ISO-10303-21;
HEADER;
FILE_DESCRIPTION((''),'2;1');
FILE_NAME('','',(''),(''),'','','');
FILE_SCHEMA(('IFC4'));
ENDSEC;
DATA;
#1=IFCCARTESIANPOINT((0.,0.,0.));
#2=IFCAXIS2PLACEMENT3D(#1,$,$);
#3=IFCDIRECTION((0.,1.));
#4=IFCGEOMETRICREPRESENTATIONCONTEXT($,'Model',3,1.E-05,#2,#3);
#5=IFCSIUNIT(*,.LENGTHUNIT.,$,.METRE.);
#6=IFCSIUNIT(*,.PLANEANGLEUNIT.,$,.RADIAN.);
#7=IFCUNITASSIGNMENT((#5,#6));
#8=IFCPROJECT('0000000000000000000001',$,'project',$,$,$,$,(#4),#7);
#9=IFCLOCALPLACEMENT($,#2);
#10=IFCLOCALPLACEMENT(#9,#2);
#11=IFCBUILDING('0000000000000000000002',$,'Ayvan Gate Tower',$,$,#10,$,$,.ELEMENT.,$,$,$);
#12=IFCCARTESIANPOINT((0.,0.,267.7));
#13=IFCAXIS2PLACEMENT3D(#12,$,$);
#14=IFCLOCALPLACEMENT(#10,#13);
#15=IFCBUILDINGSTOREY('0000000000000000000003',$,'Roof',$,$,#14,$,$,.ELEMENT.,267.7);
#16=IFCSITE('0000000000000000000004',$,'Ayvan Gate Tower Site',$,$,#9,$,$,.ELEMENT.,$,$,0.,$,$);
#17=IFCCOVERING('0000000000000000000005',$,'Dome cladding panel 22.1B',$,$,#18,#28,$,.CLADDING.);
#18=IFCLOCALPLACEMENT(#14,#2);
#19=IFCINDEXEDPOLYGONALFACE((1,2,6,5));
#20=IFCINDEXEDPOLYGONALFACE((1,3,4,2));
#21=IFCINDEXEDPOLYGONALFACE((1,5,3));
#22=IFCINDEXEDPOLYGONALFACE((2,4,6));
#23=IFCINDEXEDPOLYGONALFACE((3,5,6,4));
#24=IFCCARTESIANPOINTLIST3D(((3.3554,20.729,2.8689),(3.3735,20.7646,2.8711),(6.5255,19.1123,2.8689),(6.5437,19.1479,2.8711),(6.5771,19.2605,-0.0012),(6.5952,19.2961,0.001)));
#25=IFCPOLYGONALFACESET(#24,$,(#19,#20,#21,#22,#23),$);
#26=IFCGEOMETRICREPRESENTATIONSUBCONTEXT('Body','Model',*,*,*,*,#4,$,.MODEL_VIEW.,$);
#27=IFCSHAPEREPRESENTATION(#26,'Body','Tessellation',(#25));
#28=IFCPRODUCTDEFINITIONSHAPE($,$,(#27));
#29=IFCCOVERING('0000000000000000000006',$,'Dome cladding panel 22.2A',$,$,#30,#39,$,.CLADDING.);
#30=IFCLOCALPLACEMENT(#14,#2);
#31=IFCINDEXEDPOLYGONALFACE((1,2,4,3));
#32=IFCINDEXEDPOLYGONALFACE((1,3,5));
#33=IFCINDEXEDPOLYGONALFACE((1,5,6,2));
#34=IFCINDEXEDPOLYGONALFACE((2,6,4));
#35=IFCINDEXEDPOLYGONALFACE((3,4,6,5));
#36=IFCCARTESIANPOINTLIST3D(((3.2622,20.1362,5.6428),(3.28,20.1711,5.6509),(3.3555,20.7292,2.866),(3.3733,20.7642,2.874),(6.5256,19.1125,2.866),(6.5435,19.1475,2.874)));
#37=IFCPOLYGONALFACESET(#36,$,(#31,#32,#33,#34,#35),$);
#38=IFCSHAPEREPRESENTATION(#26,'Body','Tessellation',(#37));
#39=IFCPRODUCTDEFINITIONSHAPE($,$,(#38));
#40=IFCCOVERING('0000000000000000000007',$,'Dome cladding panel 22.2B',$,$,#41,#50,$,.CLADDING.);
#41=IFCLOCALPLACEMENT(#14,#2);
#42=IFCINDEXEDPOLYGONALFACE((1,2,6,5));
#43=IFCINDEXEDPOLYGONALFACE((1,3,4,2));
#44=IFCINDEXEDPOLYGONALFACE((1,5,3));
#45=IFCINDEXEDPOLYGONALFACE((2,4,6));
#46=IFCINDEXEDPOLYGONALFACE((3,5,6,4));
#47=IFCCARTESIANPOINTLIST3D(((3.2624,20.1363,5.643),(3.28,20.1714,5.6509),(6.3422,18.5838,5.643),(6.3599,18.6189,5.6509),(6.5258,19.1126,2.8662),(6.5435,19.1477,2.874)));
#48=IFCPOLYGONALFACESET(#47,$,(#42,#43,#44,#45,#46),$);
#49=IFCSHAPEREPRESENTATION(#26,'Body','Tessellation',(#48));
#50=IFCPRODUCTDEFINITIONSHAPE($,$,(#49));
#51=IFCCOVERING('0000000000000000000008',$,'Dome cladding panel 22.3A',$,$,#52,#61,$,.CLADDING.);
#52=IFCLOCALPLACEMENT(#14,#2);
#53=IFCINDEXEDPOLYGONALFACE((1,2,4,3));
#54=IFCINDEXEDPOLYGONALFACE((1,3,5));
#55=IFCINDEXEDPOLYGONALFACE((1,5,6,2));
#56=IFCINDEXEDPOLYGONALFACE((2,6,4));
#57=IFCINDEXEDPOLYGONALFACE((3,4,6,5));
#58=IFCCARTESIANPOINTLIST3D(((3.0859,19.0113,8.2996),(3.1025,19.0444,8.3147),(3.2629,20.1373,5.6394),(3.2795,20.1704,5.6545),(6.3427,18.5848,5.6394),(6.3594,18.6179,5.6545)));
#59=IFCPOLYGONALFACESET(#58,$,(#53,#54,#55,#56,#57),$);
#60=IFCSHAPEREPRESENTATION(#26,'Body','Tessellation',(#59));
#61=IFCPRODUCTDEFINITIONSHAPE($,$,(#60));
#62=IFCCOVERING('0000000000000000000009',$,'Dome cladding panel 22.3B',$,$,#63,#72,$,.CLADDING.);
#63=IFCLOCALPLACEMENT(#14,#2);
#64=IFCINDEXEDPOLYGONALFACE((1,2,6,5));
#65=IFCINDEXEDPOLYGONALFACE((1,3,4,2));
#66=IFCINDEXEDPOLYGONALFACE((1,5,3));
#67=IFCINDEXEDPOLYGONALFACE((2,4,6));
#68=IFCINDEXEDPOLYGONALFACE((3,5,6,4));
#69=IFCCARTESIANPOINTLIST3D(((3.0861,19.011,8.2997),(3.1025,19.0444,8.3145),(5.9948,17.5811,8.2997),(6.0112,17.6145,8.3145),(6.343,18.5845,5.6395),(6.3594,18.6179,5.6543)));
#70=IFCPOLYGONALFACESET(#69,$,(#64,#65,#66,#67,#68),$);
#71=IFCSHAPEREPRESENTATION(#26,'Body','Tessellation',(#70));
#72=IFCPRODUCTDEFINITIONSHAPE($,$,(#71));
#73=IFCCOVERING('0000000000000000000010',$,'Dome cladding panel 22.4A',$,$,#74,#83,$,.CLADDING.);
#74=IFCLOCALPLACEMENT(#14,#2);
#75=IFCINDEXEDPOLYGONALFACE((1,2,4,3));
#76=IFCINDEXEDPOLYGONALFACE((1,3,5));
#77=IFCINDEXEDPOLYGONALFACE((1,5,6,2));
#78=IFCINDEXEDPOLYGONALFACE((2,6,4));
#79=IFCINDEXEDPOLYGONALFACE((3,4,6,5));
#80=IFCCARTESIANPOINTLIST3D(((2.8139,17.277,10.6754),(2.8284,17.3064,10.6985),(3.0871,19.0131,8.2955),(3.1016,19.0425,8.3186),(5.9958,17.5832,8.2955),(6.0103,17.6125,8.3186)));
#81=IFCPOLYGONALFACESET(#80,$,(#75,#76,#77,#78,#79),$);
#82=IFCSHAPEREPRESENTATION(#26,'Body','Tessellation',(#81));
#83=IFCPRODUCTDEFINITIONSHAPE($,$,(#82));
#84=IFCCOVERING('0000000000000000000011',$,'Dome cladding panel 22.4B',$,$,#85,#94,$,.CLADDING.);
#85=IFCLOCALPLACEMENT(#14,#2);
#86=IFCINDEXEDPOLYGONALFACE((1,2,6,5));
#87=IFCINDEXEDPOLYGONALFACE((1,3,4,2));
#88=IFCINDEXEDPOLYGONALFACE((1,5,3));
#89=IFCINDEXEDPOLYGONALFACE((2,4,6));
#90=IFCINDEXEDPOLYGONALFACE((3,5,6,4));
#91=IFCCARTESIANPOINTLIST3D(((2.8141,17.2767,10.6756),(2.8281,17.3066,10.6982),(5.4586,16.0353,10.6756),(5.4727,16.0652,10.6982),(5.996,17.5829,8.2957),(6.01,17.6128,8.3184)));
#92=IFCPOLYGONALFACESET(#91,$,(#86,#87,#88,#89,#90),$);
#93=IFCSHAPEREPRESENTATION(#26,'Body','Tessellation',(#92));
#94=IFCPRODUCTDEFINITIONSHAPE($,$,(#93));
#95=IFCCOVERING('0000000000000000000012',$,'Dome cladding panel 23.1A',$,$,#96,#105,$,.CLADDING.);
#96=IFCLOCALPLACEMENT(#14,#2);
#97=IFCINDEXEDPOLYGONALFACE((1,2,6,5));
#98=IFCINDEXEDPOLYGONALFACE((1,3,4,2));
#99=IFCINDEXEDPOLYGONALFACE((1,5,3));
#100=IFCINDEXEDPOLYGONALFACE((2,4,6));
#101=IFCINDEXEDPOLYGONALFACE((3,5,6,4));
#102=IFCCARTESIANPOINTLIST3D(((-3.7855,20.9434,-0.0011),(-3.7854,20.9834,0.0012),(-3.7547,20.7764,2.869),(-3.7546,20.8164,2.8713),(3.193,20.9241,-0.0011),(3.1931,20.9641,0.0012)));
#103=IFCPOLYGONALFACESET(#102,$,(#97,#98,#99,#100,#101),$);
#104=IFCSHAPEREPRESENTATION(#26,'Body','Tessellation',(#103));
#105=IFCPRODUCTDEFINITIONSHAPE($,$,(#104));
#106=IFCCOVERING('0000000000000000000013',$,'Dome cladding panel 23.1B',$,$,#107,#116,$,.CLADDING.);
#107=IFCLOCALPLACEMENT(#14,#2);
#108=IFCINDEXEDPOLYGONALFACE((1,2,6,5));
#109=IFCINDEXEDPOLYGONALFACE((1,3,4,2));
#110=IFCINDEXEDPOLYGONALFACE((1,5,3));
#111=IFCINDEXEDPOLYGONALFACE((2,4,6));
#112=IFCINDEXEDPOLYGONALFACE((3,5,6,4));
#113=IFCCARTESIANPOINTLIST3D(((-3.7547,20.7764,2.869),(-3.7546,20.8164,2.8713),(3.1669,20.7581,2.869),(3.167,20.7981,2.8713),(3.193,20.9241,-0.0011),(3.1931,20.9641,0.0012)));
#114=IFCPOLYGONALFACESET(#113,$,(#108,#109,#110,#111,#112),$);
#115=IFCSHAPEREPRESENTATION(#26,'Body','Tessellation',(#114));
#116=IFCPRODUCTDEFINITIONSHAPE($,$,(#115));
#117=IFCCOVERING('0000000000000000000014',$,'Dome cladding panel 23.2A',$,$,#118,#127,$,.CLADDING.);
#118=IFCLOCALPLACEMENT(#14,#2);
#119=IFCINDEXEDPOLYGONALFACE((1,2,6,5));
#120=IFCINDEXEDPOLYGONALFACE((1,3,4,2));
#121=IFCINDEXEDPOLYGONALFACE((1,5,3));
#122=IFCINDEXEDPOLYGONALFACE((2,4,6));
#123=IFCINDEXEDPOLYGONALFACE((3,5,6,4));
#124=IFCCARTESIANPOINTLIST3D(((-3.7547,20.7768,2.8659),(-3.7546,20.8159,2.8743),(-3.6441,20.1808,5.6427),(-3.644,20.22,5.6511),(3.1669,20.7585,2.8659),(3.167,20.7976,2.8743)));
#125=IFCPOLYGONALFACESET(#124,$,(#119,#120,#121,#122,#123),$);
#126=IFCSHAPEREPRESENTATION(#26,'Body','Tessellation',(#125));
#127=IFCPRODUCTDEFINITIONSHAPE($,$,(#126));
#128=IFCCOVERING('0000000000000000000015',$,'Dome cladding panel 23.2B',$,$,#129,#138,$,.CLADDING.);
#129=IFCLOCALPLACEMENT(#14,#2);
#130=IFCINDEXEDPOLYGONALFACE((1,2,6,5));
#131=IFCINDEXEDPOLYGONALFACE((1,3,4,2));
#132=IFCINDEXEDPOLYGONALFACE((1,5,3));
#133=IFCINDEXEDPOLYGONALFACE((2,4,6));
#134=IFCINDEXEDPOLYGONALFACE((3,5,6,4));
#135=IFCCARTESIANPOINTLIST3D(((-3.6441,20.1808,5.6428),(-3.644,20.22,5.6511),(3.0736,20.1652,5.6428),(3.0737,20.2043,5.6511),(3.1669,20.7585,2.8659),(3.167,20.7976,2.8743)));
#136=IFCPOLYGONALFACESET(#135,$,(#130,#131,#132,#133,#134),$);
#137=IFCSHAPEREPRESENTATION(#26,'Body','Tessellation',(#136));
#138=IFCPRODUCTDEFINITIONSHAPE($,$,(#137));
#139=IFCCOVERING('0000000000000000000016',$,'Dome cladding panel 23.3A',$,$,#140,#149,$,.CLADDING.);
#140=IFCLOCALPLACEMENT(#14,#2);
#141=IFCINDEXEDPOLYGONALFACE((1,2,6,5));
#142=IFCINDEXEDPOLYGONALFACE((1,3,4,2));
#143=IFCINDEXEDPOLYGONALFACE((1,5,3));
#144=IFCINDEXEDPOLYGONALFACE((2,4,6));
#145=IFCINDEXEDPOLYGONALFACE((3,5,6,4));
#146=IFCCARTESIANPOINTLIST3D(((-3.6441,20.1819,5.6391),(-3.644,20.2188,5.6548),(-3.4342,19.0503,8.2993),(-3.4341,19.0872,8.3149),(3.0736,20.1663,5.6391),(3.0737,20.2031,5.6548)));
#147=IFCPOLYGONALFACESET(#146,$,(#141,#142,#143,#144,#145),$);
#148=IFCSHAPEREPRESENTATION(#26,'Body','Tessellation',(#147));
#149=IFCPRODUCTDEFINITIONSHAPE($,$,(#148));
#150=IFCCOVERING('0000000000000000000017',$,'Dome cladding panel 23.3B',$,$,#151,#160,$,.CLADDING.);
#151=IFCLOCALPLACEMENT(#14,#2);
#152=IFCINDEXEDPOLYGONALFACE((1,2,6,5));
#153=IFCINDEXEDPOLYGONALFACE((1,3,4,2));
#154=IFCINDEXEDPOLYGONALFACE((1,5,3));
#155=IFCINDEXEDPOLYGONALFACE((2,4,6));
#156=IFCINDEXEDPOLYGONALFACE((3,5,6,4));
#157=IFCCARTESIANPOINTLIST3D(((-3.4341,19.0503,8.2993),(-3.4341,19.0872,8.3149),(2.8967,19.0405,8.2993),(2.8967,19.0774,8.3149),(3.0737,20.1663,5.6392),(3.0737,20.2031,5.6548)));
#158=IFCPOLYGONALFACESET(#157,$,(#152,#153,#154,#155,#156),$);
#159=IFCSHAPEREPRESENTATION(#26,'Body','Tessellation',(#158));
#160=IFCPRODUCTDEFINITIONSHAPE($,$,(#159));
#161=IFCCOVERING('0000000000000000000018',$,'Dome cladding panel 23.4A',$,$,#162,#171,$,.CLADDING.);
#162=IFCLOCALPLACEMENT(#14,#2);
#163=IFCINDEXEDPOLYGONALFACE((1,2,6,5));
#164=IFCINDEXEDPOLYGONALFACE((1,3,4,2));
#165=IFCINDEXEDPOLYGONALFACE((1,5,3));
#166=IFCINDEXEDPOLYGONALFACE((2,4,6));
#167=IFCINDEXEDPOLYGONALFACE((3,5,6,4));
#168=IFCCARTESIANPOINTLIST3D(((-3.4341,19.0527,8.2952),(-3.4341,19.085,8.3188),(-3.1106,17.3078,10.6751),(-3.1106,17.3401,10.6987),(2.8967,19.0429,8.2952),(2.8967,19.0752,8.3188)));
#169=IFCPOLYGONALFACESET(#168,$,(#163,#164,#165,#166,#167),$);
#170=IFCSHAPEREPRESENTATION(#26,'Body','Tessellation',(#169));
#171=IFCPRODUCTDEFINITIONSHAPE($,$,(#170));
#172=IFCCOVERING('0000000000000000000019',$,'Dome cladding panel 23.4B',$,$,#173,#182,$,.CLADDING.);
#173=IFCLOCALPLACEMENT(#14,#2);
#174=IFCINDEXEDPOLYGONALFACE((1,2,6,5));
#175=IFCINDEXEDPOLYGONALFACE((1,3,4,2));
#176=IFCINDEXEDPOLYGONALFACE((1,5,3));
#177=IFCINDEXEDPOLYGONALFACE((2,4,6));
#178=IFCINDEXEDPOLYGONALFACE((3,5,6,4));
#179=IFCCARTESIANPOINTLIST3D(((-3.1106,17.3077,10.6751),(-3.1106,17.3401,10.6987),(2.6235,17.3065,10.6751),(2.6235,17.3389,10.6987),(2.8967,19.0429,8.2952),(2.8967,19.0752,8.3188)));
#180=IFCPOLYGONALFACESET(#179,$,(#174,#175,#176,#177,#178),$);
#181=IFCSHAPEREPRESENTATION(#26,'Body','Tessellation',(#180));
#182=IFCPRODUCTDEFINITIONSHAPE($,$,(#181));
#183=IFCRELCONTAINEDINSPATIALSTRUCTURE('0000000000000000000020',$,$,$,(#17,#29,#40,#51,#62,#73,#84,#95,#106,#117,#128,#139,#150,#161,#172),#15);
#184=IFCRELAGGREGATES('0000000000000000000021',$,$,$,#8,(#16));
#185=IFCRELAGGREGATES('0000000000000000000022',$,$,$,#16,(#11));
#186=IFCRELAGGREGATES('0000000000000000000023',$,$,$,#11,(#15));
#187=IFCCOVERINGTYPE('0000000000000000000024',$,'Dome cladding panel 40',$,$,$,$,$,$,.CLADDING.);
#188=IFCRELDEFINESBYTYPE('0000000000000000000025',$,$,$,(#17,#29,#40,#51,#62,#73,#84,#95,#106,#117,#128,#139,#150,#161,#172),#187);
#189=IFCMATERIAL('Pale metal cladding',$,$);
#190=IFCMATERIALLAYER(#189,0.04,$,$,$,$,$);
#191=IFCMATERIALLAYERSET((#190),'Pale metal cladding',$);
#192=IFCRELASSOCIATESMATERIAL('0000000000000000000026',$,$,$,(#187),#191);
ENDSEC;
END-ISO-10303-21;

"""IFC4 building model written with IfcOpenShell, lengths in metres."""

from ifc_helpers import new_model, si_unit, direction, frame, origin, place, context, subcontext, project, spatial, polyline, outline, extrude, material, layer, layer_set, type_object, element, save


model = new_model("IFC4")

# Units and contexts
model_context = context("Model", 3, precision=1e-05, world=origin(), true_north=direction((0.0, 1.0)))
body_context = subcontext(model_context, "Body", "Model", "MODEL_VIEW")
ifc_project = project(units=[si_unit("LENGTHUNIT", "METRE"), si_unit("PLANEANGLEUNIT", "RADIAN")], contexts=[model_context])

# Site, building, storey
site_placement = place(None, origin())
site = spatial("IfcSite", under=ifc_project, at=site_placement, Name="Ayvan Gate Tower Site", CompositionType="ELEMENT", RefElevation=0.0)
building_placement = place(site_placement, origin())
building = spatial("IfcBuilding", under=site, at=building_placement, Name="Ayvan Gate Tower", CompositionType="ELEMENT")
storey_placement = place(building_placement, frame((0.0, 0.0, 267.7)))
storey = spatial("IfcBuildingStorey", under=building, at=storey_placement, Name="Roof", CompositionType="ELEMENT", Elevation=267.7)

# Coverings
ifc_material_1 = material(Name="Pale metal cladding")
ifc_layer_1 = layer(ifc_material_1, 0.04)
ifc_layer_set_1 = layer_set([ifc_layer_1], Name="Pale metal cladding")
covering_type = type_object("IfcCoveringType", Name="Dome cladding panel 40", PredefinedType="CLADDING", material=ifc_layer_set_1)
covering_1_placement = place(storey_placement, frame((6.5952, 19.2961, 0.001), z_axis=(0.453642, 0.889542, 0.054072), x_axis=(-0.706854, 0.322198, 0.629719)))
element("IfcCovering", 1, at=covering_1_placement, inside=storey, type_object=covering_type, Name="Dome cladding panel 22.1B", PredefinedType="CLADDING", context=body_context, shape_type="SweptSolid", body=[
    extrude(outline(polyline([(0.0, 0.0), (4.5578, 0.0), (1.796, 2.2442), (0.0, 0.0)])), origin(), (0.0, 0.0, -1.0), 0.04),
])
covering_2_placement = place(storey_placement, frame((6.5435, 19.1475, 2.874), z_axis=(0.445007, 0.87261, 0.201298), x_axis=(-0.890845, 0.454307, 0.0)))
element("IfcCovering", 2, at=covering_2_placement, inside=storey, type_object=covering_type, Name="Dome cladding panel 22.2A", PredefinedType="CLADDING", context=body_context, shape_type="SweptSolid", body=[
    extrude(outline(polyline([(0.0, 0.0), (3.5586, 0.0), (3.3723, 2.8349), (0.0, 0.0)])), origin(), (0.0, 0.0, -1.0), 0.04),
])
covering_3_placement = place(storey_placement, frame((6.5435, 19.1477, 2.874), z_axis=(0.441402, 0.875655, 0.195938), x_axis=(-0.740755, 0.232362, 0.630309)))
element("IfcCovering", 3, at=covering_3_placement, inside=storey, type_object=covering_type, Name="Dome cladding panel 22.2B", PredefinedType="CLADDING", context=body_context, shape_type="SweptSolid", body=[
    extrude(outline(polyline([(0.0, 0.0), (4.4055, 0.0), (1.7634, 2.2169), (0.0, 0.0)])), origin(), (0.0, 0.0, -1.0), 0.04),
])
covering_4_placement = place(storey_placement, frame((6.3594, 18.6179, 5.6545), z_axis=(0.416785, 0.826819, 0.377704), x_axis=(-0.892964, 0.450128, 0.0)))
element("IfcCovering", 4, at=covering_4_placement, inside=storey, type_object=covering_type, Name="Dome cladding panel 22.3A", PredefinedType="CLADDING", context=body_context, shape_type="SweptSolid", body=[
    extrude(outline(polyline([(0.0, 0.0), (3.449, 0.0), (3.1002, 2.873), (0.0, 0.0)])), origin(), (0.0, 0.0, -1.0), 0.04),
])
covering_5_placement = place(storey_placement, frame((6.3594, 18.6179, 5.6543), z_axis=(0.410152, 0.834309, 0.368381), x_axis=(-0.770532, 0.100908, 0.629364)))
element("IfcCovering", 5, at=covering_5_placement, inside=storey, type_object=covering_type, Name="Dome cladding panel 22.3B", PredefinedType="CLADDING", context=body_context, shape_type="SweptSolid", body=[
    extrude(outline(polyline([(0.0, 0.0), (4.2267, 0.0), (1.8412, 2.1942), (0.0, 0.0)])), origin(), (0.0, 0.0, -1.0), 0.04),
])
covering_6_placement = place(storey_placement, frame((6.0103, 17.6125, 8.3186), z_axis=(0.360527, 0.733366, 0.576364), x_axis=(-0.89742, 0.441177, 0.0)))
element("IfcCovering", 6, at=covering_6_placement, inside=storey, type_object=covering_type, Name="Dome cladding panel 22.4A", PredefinedType="CLADDING", context=body_context, shape_type="SweptSolid", body=[
    extrude(outline(polyline([(0.0, 0.0), (3.2412, 0.0), (2.7204, 2.9123), (0.0, 0.0)])), origin(), (0.0, 0.0, -1.0), 0.04),
])
covering_7_placement = place(storey_placement, frame((6.01, 17.6128, 8.3184), z_axis=(0.350649, 0.746947, 0.564903), x_axis=(-0.798422, -0.076822, 0.597178)))
element("IfcCovering", 7, at=covering_7_placement, inside=storey, type_object=covering_type, Name="Dome cladding panel 22.4B", PredefinedType="CLADDING", context=body_context, shape_type="SweptSolid", body=[
    extrude(outline(polyline([(0.0, 0.0), (3.9852, 0.0), (1.9691, 2.1143), (0.0, 0.0)])), origin(), (0.0, 0.0, -1.0), 0.04),
])
covering_8_placement = place(storey_placement, frame((3.1931, 20.9641, 0.0012), z_axis=(0.002759, 0.99831, 0.058055), x_axis=(-0.999996, 0.002764, 0.0)))
element("IfcCovering", 8, at=covering_8_placement, inside=storey, type_object=covering_type, Name="Dome cladding panel 23.1A", PredefinedType="CLADDING", context=body_context, shape_type="SweptSolid", body=[
    extrude(outline(polyline([(0.0, 0.0), (6.9785, 0.0), (6.9473, 2.875), (0.0, 0.0)])), origin(), (0.0, 0.0, -1.0), 0.04),
])
covering_9_placement = place(storey_placement, frame((3.1931, 20.9641, 0.0012), z_axis=(0.002641, 0.998326, 0.05777), x_axis=(-0.924065, -0.019645, 0.381731)))
element("IfcCovering", 9, at=covering_9_placement, inside=storey, type_object=covering_type, Name="Dome cladding panel 23.1B", PredefinedType="CLADDING", context=body_context, shape_type="SweptSolid", body=[
    extrude(outline(polyline([(0.0, 0.0), (7.5187, 0.0), (1.123, 2.6466), (0.0, 0.0)])), origin(), (0.0, 0.0, -1.0), 0.04),
])
covering_10_placement = place(storey_placement, frame((3.167, 20.7976, 2.8743), z_axis=(0.002587, 0.977755, 0.209735), x_axis=(-0.999997, 0.002645, 0.0)))
element("IfcCovering", 10, at=covering_10_placement, inside=storey, type_object=covering_type, Name="Dome cladding panel 23.2A", PredefinedType="CLADDING", context=body_context, shape_type="SweptSolid", body=[
    extrude(outline(polyline([(0.0, 0.0), (6.9217, 0.0), (6.8095, 2.84), (0.0, 0.0)])), origin(), (0.0, 0.0, -1.0), 0.04),
])
covering_11_placement = place(storey_placement, frame((3.167, 20.7976, 2.8743), z_axis=(0.002275, 0.977912, 0.209003), x_axis=(-0.923155, -0.078292, 0.37637)))
element("IfcCovering", 11, at=covering_11_placement, inside=storey, type_object=covering_type, Name="Dome cladding panel 23.2B", PredefinedType="CLADDING", context=body_context, shape_type="SweptSolid", body=[
    extrude(outline(polyline([(0.0, 0.0), (7.378, 0.0), (1.1777, 2.5855), (0.0, 0.0)])), origin(), (0.0, 0.0, -1.0), 0.04),
])
covering_12_placement = place(storey_placement, frame((3.0737, 20.2031, 5.6548), z_axis=(0.00214, 0.920262, 0.391297), x_axis=(-0.999997, 0.002326, 0.0)))
element("IfcCovering", 12, at=covering_12_placement, inside=storey, type_object=covering_type, Name="Dome cladding panel 23.3A", PredefinedType="CLADDING", context=body_context, shape_type="SweptSolid", body=[
    extrude(outline(polyline([(0.0, 0.0), (6.7178, 0.0), (6.5052, 2.8906), (0.0, 0.0)])), origin(), (0.0, 0.0, -1.0), 0.04),
])
covering_13_placement = place(storey_placement, frame((3.0737, 20.2031, 5.6548), z_axis=(0.001421, 0.920897, 0.389802), x_axis=(-0.914208, -0.156769, 0.373695)))
element("IfcCovering", 13, at=covering_13_placement, inside=storey, type_object=covering_type, Name="Dome cladding panel 23.3B", PredefinedType="CLADDING", context=body_context, shape_type="SweptSolid", body=[
    extrude(outline(polyline([(0.0, 0.0), (7.1185, 0.0), (1.3324, 2.569), (0.0, 0.0)])), origin(), (0.0, 0.0, -1.0), 0.04),
])
covering_14_placement = place(storey_placement, frame((2.8967, 19.0752, 8.3188), z_axis=(0.001244, 0.806545, 0.591171), x_axis=(-0.999999, 0.001543, 0.0)))
element("IfcCovering", 14, at=covering_14_placement, inside=storey, type_object=covering_type, Name="Dome cladding panel 23.4A", PredefinedType="CLADDING", context=body_context, shape_type="SweptSolid", body=[
    extrude(outline(polyline([(0.0, 0.0), (6.3308, 0.0), (6.0046, 2.9507), (0.0, 0.0)])), origin(), (0.0, 0.0, -1.0), 0.04),
])
covering_15_placement = place(storey_placement, frame((2.8967, 19.0752, 8.3188), z_axis=(0.000172, 0.807837, 0.589406), x_axis=(-0.897893, -0.25934, 0.355712)))
element("IfcCovering", 15, at=covering_15_placement, inside=storey, type_object=covering_type, Name="Dome cladding panel 23.4B", PredefinedType="CLADDING", context=body_context, shape_type="SweptSolid", body=[
    extrude(outline(polyline([(0.0, 0.0), (6.6905, 0.0), (1.5422, 2.5249), (0.0, 0.0)])), origin(), (0.0, 0.0, -1.0), 0.04),
])

save(model, "model.ifc")
